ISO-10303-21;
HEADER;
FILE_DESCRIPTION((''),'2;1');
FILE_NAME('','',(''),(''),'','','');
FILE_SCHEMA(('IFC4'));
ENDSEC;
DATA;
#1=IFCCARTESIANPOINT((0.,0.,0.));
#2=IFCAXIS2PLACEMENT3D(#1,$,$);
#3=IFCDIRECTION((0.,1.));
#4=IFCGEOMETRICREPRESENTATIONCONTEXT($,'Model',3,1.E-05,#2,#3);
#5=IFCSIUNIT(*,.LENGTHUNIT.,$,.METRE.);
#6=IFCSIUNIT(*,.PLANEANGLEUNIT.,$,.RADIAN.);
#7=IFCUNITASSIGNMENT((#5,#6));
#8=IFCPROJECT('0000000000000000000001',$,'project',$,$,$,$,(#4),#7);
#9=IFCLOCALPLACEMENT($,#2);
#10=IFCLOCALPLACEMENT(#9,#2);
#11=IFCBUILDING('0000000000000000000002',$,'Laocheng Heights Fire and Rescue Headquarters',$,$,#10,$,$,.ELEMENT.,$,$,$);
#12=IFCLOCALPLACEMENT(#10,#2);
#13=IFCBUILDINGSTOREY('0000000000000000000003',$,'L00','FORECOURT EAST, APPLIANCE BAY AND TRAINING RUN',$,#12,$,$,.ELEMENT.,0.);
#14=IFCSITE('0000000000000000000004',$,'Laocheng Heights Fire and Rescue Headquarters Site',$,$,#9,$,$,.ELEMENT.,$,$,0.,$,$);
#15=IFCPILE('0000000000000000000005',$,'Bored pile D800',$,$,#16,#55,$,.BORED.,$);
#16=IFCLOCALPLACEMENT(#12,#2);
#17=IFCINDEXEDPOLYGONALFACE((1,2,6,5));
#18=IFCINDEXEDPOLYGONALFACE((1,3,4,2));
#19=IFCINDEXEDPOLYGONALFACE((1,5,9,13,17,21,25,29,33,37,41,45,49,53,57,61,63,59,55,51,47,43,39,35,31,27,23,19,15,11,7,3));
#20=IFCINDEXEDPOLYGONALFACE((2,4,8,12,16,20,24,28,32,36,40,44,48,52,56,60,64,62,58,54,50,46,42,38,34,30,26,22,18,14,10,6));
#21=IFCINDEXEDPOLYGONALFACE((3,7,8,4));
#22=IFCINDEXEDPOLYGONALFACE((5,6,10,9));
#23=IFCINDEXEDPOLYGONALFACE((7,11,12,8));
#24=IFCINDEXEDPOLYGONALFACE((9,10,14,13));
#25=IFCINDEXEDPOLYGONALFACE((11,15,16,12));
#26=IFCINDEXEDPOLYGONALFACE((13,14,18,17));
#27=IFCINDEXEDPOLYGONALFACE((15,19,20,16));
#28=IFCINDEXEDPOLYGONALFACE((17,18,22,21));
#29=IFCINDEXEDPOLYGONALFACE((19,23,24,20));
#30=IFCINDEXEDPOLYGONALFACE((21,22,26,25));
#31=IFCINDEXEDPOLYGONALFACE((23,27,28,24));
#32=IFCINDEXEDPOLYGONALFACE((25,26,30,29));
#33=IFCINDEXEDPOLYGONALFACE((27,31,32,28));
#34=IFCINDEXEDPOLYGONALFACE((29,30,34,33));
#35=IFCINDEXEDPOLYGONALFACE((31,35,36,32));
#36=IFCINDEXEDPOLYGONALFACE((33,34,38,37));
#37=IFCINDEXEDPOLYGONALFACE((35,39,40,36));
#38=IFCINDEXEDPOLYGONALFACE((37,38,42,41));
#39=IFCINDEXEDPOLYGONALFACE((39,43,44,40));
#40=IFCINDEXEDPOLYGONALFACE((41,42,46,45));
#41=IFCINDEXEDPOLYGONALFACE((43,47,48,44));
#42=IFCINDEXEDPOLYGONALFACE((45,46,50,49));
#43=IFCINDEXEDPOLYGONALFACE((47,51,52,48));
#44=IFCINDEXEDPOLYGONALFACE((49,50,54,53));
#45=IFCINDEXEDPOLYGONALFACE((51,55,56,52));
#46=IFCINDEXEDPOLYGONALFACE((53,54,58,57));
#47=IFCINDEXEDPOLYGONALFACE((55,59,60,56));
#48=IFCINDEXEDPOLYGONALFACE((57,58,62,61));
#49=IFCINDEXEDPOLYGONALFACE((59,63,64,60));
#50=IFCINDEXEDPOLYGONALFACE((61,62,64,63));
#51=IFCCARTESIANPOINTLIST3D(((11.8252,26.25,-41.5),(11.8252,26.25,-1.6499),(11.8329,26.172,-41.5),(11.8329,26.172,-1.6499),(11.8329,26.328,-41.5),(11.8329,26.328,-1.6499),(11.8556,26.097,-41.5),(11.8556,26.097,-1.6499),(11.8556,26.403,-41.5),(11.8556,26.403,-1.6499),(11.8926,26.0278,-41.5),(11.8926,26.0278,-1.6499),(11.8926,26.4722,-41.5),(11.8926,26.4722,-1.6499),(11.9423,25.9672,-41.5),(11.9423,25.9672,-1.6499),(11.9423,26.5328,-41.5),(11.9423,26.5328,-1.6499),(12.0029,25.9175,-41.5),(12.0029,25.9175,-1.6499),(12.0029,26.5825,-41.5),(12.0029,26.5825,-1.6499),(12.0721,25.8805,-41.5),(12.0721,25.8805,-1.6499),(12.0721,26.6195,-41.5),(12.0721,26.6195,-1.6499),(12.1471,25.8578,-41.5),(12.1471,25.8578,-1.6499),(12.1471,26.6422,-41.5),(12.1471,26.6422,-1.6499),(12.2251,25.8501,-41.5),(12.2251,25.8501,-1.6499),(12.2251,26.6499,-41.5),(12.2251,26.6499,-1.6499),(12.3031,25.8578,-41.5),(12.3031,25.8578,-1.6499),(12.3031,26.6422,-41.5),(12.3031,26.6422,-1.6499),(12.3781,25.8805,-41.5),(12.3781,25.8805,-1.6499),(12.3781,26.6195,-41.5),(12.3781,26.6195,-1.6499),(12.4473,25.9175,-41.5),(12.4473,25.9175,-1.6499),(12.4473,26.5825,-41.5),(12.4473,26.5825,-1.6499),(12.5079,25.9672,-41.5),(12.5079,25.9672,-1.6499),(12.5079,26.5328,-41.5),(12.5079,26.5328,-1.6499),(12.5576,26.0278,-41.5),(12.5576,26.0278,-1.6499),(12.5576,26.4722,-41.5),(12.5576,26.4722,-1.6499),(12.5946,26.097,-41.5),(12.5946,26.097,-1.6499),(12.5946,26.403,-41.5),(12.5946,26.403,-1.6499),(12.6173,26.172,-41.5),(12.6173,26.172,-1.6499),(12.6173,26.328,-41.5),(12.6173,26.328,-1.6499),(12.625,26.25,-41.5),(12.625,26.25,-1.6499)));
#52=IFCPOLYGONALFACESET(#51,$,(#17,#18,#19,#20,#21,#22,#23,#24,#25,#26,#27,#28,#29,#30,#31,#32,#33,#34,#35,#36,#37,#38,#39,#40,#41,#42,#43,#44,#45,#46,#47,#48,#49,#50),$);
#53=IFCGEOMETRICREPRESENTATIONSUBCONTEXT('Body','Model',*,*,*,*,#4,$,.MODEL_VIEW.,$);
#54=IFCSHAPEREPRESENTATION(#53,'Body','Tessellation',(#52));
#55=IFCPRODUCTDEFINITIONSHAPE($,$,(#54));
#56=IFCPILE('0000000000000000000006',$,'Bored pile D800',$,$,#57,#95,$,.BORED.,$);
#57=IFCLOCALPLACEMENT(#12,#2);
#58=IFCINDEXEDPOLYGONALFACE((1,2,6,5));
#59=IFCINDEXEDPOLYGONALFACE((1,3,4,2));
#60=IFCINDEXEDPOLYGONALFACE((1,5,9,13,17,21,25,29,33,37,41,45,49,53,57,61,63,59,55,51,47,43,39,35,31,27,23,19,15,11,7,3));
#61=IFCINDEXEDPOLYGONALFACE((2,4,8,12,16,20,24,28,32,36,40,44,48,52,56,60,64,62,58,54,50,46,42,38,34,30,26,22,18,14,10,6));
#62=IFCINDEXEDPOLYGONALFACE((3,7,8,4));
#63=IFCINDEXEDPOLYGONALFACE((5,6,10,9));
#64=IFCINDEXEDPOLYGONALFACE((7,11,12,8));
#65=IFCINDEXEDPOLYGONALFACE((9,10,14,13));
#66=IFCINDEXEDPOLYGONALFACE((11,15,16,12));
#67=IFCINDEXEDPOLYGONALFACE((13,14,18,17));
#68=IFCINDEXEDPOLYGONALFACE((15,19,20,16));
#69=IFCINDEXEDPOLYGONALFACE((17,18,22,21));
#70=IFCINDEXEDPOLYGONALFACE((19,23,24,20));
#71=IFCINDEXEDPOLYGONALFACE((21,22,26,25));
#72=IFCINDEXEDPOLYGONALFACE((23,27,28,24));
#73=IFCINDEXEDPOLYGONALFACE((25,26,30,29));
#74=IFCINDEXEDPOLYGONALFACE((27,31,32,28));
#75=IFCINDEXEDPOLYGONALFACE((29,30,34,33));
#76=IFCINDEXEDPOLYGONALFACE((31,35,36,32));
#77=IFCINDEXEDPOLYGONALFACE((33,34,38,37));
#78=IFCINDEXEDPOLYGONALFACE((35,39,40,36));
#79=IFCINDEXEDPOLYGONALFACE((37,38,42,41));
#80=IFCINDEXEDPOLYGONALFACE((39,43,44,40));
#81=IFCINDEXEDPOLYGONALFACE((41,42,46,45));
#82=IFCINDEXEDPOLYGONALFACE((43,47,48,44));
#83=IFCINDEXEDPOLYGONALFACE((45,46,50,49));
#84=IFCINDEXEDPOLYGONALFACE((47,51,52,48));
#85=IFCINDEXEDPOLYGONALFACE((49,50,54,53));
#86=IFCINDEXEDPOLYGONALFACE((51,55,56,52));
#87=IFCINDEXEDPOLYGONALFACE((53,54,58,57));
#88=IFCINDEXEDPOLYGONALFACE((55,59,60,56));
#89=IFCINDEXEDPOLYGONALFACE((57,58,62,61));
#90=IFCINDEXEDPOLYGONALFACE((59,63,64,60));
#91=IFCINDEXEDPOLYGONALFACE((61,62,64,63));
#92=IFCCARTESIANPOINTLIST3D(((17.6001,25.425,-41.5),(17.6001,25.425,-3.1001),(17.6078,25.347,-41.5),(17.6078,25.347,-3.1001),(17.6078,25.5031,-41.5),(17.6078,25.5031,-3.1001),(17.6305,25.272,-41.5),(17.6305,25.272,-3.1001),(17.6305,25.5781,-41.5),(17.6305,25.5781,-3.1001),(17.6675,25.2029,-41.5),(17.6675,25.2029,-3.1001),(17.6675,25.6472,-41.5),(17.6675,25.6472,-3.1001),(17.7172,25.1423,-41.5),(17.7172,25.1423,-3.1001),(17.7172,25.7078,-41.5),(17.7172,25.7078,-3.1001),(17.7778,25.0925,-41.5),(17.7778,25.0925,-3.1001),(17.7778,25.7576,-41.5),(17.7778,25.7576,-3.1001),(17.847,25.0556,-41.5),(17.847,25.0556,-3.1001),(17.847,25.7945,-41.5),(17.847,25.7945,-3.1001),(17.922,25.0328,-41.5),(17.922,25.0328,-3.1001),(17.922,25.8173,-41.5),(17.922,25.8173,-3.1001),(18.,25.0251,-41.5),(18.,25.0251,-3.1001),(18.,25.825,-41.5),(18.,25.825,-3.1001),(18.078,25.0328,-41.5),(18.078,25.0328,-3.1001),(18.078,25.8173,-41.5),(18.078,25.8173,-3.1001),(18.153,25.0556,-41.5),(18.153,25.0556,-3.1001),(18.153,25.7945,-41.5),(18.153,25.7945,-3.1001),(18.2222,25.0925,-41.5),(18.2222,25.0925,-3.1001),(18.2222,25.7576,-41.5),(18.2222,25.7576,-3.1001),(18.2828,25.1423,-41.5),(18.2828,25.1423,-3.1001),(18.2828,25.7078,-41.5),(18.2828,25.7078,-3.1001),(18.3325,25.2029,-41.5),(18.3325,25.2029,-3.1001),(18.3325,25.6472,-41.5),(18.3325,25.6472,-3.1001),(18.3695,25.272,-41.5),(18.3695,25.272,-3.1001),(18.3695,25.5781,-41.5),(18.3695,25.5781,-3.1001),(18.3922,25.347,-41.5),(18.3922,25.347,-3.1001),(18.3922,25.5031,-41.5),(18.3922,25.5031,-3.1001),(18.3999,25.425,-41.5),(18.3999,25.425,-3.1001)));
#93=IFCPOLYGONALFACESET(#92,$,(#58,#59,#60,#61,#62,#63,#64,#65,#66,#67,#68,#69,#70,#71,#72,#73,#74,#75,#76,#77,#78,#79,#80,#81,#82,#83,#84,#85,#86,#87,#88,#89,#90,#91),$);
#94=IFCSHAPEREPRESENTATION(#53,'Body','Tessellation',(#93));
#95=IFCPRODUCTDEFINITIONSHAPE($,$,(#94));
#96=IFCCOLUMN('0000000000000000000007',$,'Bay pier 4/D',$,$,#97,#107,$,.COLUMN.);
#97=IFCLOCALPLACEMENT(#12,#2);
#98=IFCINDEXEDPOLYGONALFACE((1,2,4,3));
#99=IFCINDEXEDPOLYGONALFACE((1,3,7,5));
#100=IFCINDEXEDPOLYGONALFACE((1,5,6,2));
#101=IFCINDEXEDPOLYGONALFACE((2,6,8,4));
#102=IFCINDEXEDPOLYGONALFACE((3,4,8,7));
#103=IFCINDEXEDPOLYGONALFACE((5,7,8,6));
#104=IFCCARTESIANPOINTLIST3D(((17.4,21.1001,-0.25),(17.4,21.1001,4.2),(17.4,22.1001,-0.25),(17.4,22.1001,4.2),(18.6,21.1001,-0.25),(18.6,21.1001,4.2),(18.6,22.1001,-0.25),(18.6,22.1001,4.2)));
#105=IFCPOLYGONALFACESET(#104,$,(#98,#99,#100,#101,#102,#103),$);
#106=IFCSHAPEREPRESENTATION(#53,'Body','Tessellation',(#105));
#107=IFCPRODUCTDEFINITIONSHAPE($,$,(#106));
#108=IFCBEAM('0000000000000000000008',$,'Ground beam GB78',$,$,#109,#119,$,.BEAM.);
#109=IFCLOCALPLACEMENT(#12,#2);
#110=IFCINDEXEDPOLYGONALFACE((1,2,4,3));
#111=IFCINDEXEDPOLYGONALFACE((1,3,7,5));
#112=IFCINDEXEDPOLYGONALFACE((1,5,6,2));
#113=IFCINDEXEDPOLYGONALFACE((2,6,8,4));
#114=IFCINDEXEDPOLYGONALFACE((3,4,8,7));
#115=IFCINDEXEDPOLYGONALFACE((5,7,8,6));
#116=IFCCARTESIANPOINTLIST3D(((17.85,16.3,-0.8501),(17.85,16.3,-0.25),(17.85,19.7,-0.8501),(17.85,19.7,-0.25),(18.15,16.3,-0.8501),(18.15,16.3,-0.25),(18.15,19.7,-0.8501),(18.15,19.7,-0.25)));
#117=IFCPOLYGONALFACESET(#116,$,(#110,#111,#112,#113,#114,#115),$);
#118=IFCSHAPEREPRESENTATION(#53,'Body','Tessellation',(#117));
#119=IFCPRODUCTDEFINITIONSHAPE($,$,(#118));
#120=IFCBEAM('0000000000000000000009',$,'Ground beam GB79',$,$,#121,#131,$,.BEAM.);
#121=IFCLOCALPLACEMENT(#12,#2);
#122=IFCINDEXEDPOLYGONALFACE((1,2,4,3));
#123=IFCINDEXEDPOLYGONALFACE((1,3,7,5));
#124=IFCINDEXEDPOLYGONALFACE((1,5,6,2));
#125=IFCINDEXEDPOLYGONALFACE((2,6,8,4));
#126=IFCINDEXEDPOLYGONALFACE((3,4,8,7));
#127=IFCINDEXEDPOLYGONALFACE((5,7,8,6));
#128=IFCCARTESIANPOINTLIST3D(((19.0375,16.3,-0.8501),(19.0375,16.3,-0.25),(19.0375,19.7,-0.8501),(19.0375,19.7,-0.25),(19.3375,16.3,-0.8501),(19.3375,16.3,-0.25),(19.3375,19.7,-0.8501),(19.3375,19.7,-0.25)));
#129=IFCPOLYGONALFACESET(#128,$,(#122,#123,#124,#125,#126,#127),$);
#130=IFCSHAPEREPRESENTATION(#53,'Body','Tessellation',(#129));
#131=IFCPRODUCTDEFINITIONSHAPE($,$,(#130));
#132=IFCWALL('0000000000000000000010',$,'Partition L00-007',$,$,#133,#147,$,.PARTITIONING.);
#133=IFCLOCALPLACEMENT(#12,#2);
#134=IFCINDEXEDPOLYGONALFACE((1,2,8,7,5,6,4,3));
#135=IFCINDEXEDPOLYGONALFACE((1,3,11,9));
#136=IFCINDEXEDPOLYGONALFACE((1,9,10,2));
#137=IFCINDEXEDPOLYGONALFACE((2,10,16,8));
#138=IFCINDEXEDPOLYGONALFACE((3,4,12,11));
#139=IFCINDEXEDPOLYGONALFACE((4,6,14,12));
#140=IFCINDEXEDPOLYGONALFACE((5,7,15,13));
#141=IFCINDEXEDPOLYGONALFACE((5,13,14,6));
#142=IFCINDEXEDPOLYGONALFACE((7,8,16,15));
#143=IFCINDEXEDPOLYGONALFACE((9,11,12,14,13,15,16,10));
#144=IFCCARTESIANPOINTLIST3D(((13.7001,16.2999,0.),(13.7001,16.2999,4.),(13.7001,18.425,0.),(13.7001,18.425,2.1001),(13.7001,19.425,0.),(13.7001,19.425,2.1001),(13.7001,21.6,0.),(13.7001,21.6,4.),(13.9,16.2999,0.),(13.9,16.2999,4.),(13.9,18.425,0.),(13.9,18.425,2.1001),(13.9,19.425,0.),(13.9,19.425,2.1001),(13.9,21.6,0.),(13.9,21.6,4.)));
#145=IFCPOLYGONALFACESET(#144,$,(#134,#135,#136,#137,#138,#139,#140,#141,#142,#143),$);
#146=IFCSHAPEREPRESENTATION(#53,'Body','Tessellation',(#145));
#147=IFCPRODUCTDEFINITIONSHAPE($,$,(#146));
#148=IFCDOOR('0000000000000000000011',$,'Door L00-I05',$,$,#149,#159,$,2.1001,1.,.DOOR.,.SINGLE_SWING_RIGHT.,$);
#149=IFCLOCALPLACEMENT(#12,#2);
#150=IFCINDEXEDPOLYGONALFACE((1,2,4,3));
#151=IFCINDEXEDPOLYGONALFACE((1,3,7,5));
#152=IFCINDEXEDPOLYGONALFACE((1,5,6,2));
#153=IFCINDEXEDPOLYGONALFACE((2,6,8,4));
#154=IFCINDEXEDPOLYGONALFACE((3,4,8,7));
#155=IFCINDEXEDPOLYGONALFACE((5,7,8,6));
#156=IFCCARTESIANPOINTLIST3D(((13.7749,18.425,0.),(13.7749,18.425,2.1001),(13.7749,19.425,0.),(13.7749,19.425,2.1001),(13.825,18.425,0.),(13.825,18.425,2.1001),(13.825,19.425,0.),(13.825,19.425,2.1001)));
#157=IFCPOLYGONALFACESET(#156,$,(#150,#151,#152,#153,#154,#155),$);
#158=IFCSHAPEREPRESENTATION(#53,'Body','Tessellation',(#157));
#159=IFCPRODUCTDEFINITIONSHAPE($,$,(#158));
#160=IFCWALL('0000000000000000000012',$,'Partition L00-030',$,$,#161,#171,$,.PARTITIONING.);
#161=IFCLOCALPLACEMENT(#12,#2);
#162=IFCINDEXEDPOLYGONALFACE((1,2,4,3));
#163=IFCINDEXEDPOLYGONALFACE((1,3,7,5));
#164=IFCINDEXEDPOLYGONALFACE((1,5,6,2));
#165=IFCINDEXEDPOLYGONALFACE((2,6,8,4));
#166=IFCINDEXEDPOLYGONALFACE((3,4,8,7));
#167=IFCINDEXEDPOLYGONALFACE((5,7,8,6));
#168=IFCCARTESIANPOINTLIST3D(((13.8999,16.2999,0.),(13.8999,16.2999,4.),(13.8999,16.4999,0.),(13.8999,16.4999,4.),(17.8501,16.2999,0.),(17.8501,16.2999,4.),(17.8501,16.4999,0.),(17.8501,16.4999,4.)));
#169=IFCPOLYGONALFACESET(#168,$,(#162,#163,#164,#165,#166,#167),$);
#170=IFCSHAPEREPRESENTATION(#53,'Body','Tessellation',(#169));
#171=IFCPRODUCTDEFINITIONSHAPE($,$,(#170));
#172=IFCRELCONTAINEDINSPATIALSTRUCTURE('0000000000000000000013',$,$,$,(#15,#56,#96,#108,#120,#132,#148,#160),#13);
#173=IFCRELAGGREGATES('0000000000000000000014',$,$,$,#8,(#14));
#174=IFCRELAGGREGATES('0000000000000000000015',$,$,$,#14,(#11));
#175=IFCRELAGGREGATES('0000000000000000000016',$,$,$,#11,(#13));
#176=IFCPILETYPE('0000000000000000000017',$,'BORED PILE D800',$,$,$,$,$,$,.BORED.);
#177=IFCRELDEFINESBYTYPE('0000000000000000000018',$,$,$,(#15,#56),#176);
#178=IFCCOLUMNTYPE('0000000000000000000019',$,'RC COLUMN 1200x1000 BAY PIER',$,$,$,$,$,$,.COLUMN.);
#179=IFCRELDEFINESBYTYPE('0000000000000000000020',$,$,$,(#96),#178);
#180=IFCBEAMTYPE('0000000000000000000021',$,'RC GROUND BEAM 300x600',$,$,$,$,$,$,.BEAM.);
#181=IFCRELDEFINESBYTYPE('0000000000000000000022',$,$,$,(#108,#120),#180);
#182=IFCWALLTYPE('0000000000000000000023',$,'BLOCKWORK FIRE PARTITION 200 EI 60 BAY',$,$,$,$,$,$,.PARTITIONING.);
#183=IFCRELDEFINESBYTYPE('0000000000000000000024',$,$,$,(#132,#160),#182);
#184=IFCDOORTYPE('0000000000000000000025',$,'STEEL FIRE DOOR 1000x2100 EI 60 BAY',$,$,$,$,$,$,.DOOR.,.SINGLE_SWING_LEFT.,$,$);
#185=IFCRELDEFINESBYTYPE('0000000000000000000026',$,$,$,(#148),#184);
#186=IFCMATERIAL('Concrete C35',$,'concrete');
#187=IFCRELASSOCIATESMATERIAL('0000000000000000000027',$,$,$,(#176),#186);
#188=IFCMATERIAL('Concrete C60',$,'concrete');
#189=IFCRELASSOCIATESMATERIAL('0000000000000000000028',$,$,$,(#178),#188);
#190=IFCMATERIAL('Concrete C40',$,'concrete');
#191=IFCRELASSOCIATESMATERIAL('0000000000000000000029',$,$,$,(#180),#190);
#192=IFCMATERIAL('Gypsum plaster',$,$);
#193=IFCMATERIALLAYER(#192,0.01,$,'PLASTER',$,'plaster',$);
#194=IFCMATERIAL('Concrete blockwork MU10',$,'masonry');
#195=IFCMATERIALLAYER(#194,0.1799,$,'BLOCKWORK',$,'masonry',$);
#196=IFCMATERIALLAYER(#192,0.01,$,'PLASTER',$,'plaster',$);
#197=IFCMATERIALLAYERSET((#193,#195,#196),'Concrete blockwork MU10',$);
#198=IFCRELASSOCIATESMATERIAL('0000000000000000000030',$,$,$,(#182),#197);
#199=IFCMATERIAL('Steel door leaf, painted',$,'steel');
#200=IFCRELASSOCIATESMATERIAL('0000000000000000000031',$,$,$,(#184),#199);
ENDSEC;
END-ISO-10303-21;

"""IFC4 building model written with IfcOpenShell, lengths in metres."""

from ifc_helpers import new_model, si_unit, direction, frame, frame_2d, origin, origin_2d, place, context, subcontext, project, spatial, rectangle, circle, extrude, material, layer, layer_set, material_profile, profile_set, type_object, element, fill, save


model = new_model("IFC4")

# Units and contexts
model_context = context("Model", 3, precision=1e-05, world=origin(), true_north=direction((0.0, 1.0)))
body_context = subcontext(model_context, "Body", "Model", "MODEL_VIEW")
ifc_project = project(units=[si_unit("LENGTHUNIT", "METRE"), si_unit("PLANEANGLEUNIT", "RADIAN")], contexts=[model_context])

# Site, building, storey
site_placement = place(None, origin())
site = spatial("IfcSite", under=ifc_project, at=site_placement, Name="Laocheng Heights Fire and Rescue Headquarters Site", CompositionType="ELEMENT", RefElevation=0.0)
building_placement = place(site_placement, origin())
building = spatial("IfcBuilding", under=site, at=building_placement, Name="Laocheng Heights Fire and Rescue Headquarters", CompositionType="ELEMENT")
storey_placement = place(building_placement, origin())
storey = spatial("IfcBuildingStorey", under=building, at=storey_placement, Name="L00", Description="FORECOURT EAST, APPLIANCE BAY AND TRAINING RUN", CompositionType="ELEMENT", Elevation=0.0)

# Piles
ifc_material_1 = material(Name="Concrete C35", Category="concrete")
ifc_material_profile_1 = material_profile(ifc_material_1, circle(Radius=0.3999, at=origin_2d()), Name="BORED PILE D800")
ifc_profile_set_1 = profile_set([ifc_material_profile_1], Name="Concrete C35")
pile_type = type_object("IfcPileType", Name="BORED PILE D800", PredefinedType="BORED", material=ifc_profile_set_1)
for number, where, z_axis, x_axis, name in (
    (1, (12.2251, 26.25, -1.6499), (0.0, 0.0, -1.0), (1.0, 0.0, 0.0), "Bored pile D800"),
):
    element("IfcPile", number, at=place(storey_placement, frame(where, z_axis=z_axis, x_axis=x_axis)), inside=storey, type_object=pile_type, Name=name, PredefinedType="BORED", context=body_context, shape_type="SweptSolid", body=[
        extrude(circle(Radius=0.3999, at=origin_2d()), origin(), (0.0, 0.0, 1.0), 39.8501),
    ])
pile_1_placement = place(storey_placement, frame((18.0, 25.425, -3.1001), z_axis=(0.0, 0.0, -1.0), x_axis=(1.0, 0.0, 0.0)))
element("IfcPile", 2, at=pile_1_placement, inside=storey, type_object=pile_type, Name="Bored pile D800", PredefinedType="BORED", context=body_context, shape_type="SweptSolid", body=[
    extrude(circle(Radius=0.3999, at=origin_2d()), origin(), (0.0, 0.0, 1.0), 38.3999),
])

# Column
ifc_material_2 = material(Name="Concrete C60", Category="concrete")
ifc_material_profile_2 = material_profile(ifc_material_2, rectangle(XDim=1.2, YDim=1.0, at=origin_2d()), Name="RC COLUMN 1200x1000 BAY PIER")
ifc_profile_set_2 = profile_set([ifc_material_profile_2], Name="Concrete C60")
column_type = type_object("IfcColumnType", Name="RC COLUMN 1200x1000 BAY PIER", PredefinedType="COLUMN", material=ifc_profile_set_2)
column_placement = place(storey_placement, frame((18.0, 21.6001, -0.25), z_axis=(0.0, 0.0, 1.0), x_axis=(1.0, 0.0, 0.0)))
element("IfcColumn", 3, at=column_placement, inside=storey, type_object=column_type, Name="Bay pier 4/D", PredefinedType="COLUMN", context=body_context, shape_type="SweptSolid", body=[
    extrude(rectangle(XDim=1.2, YDim=1.0, at=origin_2d()), origin(), (0.0, 0.0, 1.0), 4.45),
])

# Beams
ifc_material_3 = material(Name="Concrete C40", Category="concrete")
ifc_material_profile_3 = material_profile(ifc_material_3, rectangle(XDim=0.3, YDim=0.6001, at=origin_2d()), Name="RC GROUND BEAM 300x600")
ifc_profile_set_3 = profile_set([ifc_material_profile_3], Name="Concrete C40")
beam_type = type_object("IfcBeamType", Name="RC GROUND BEAM 300x600", PredefinedType="BEAM", material=ifc_profile_set_3)
for number, where, z_axis, x_axis, name in (
    (4, (18.0, 16.3, -0.55), (0.0, 1.0, 0.0), (-1.0, 0.0, 0.0), "Ground beam GB78"),
    (5, (19.1875, 16.3, -0.55), (0.0, 1.0, 0.0), (-1.0, 0.0, 0.0), "Ground beam GB79"),
):
    element("IfcBeam", number, at=place(storey_placement, frame(where, z_axis=z_axis, x_axis=x_axis)), inside=storey, type_object=beam_type, Name=name, PredefinedType="BEAM", context=body_context, shape_type="SweptSolid", body=[
        extrude(rectangle(XDim=0.3, YDim=0.6001, at=origin_2d()), origin(), (0.0, 0.0, 1.0), 3.3999),
    ])

# Wall, opening, door
ifc_material_4 = material(Name="Gypsum plaster")
ifc_layer_1 = layer(ifc_material_4, 0.01, Name="PLASTER", Category="plaster")
ifc_material_5 = material(Name="Concrete blockwork MU10", Category="masonry")
ifc_layer_2 = layer(ifc_material_5, 0.1799, Name="BLOCKWORK", Category="masonry")
ifc_layer_3 = layer(ifc_material_4, 0.01, Name="PLASTER", Category="plaster")
ifc_layer_set_1 = layer_set([ifc_layer_1, ifc_layer_2, ifc_layer_3], Name="Concrete blockwork MU10")
wall_type_1 = type_object("IfcWallType", Name="BLOCKWORK FIRE PARTITION 200 EI 60 BAY", PredefinedType="PARTITIONING", material=ifc_layer_set_1)
wall_1_placement = place(storey_placement, frame((13.8, 16.3, 0.0), z_axis=(0.0, 0.0, 1.0), x_axis=(0.0, 1.0, 0.0)))
wall_1 = element("IfcWall", 6, at=wall_1_placement, inside=storey, type_object=wall_type_1, Name="Partition L00-007", PredefinedType="PARTITIONING", context=body_context, shape_type="SweptSolid", body=[
    extrude(rectangle(XDim=5.3, YDim=0.2, at=frame_2d((2.6499, 0.0))), origin(), (0.0, 0.0, 1.0), 4.0),
])
opening_1_placement = place(wall_1_placement, frame((2.125, 0.0, 0.0)))
opening_1 = element("IfcOpeningElement", 7, at=opening_1_placement, cuts=wall_1, PredefinedType="OPENING", context=body_context, shape_type="SweptSolid", body=[
    extrude(rectangle(XDim=1.0, YDim=2.1001, at=frame_2d((0.5, 1.05))), frame((0.0, 0.1099, 0.0), z_axis=(0.0, -1.0, 0.0), x_axis=(1.0, 0.0, 0.0)), (0.0, 0.0, 1.0), 0.22),
])
ifc_material_6 = material(Name="Steel door leaf, painted", Category="steel")
door_type_1 = type_object("IfcDoorType", Name="STEEL FIRE DOOR 1000x2100 EI 60 BAY", OperationType="SINGLE_SWING_LEFT", PredefinedType="DOOR", material=ifc_material_6)
door_1_placement = place(opening_1_placement, frame((1.0, 0.0, 0.0), z_axis=(0.0, 0.0, 1.0), x_axis=(-1.0, 0.0, 0.0)))
door_1 = element("IfcDoor", 8, at=door_1_placement, inside=storey, type_object=door_type_1, Name="Door L00-I05", OperationType="SINGLE_SWING_RIGHT", OverallHeight=2.1001, OverallWidth=1.0, PredefinedType="DOOR", context=body_context, shape_type="SweptSolid", body=[
    extrude(rectangle(XDim=1.0, YDim=2.1001, at=frame_2d((0.5, 1.05))), frame((0.0, 0.0249, 0.0), z_axis=(0.0, -1.0, 0.0), x_axis=(1.0, 0.0, 0.0)), (0.0, 0.0, 1.0), 0.05),
])
fill(opening_1, door_1)

# Wall
wall_2_placement = place(storey_placement, frame((13.8999, 16.3999, 0.0), z_axis=(0.0, 0.0, 1.0), x_axis=(1.0, 0.0, 0.0)))
element("IfcWall", 9, at=wall_2_placement, inside=storey, type_object=wall_type_1, Name="Partition L00-030", PredefinedType="PARTITIONING", context=body_context, shape_type="SweptSolid", body=[
    extrude(rectangle(XDim=3.9502, YDim=0.2, at=frame_2d((1.9751, 0.0))), origin(), (0.0, 0.0, 1.0), 4.0),
])

save(model, "model.ifc")
